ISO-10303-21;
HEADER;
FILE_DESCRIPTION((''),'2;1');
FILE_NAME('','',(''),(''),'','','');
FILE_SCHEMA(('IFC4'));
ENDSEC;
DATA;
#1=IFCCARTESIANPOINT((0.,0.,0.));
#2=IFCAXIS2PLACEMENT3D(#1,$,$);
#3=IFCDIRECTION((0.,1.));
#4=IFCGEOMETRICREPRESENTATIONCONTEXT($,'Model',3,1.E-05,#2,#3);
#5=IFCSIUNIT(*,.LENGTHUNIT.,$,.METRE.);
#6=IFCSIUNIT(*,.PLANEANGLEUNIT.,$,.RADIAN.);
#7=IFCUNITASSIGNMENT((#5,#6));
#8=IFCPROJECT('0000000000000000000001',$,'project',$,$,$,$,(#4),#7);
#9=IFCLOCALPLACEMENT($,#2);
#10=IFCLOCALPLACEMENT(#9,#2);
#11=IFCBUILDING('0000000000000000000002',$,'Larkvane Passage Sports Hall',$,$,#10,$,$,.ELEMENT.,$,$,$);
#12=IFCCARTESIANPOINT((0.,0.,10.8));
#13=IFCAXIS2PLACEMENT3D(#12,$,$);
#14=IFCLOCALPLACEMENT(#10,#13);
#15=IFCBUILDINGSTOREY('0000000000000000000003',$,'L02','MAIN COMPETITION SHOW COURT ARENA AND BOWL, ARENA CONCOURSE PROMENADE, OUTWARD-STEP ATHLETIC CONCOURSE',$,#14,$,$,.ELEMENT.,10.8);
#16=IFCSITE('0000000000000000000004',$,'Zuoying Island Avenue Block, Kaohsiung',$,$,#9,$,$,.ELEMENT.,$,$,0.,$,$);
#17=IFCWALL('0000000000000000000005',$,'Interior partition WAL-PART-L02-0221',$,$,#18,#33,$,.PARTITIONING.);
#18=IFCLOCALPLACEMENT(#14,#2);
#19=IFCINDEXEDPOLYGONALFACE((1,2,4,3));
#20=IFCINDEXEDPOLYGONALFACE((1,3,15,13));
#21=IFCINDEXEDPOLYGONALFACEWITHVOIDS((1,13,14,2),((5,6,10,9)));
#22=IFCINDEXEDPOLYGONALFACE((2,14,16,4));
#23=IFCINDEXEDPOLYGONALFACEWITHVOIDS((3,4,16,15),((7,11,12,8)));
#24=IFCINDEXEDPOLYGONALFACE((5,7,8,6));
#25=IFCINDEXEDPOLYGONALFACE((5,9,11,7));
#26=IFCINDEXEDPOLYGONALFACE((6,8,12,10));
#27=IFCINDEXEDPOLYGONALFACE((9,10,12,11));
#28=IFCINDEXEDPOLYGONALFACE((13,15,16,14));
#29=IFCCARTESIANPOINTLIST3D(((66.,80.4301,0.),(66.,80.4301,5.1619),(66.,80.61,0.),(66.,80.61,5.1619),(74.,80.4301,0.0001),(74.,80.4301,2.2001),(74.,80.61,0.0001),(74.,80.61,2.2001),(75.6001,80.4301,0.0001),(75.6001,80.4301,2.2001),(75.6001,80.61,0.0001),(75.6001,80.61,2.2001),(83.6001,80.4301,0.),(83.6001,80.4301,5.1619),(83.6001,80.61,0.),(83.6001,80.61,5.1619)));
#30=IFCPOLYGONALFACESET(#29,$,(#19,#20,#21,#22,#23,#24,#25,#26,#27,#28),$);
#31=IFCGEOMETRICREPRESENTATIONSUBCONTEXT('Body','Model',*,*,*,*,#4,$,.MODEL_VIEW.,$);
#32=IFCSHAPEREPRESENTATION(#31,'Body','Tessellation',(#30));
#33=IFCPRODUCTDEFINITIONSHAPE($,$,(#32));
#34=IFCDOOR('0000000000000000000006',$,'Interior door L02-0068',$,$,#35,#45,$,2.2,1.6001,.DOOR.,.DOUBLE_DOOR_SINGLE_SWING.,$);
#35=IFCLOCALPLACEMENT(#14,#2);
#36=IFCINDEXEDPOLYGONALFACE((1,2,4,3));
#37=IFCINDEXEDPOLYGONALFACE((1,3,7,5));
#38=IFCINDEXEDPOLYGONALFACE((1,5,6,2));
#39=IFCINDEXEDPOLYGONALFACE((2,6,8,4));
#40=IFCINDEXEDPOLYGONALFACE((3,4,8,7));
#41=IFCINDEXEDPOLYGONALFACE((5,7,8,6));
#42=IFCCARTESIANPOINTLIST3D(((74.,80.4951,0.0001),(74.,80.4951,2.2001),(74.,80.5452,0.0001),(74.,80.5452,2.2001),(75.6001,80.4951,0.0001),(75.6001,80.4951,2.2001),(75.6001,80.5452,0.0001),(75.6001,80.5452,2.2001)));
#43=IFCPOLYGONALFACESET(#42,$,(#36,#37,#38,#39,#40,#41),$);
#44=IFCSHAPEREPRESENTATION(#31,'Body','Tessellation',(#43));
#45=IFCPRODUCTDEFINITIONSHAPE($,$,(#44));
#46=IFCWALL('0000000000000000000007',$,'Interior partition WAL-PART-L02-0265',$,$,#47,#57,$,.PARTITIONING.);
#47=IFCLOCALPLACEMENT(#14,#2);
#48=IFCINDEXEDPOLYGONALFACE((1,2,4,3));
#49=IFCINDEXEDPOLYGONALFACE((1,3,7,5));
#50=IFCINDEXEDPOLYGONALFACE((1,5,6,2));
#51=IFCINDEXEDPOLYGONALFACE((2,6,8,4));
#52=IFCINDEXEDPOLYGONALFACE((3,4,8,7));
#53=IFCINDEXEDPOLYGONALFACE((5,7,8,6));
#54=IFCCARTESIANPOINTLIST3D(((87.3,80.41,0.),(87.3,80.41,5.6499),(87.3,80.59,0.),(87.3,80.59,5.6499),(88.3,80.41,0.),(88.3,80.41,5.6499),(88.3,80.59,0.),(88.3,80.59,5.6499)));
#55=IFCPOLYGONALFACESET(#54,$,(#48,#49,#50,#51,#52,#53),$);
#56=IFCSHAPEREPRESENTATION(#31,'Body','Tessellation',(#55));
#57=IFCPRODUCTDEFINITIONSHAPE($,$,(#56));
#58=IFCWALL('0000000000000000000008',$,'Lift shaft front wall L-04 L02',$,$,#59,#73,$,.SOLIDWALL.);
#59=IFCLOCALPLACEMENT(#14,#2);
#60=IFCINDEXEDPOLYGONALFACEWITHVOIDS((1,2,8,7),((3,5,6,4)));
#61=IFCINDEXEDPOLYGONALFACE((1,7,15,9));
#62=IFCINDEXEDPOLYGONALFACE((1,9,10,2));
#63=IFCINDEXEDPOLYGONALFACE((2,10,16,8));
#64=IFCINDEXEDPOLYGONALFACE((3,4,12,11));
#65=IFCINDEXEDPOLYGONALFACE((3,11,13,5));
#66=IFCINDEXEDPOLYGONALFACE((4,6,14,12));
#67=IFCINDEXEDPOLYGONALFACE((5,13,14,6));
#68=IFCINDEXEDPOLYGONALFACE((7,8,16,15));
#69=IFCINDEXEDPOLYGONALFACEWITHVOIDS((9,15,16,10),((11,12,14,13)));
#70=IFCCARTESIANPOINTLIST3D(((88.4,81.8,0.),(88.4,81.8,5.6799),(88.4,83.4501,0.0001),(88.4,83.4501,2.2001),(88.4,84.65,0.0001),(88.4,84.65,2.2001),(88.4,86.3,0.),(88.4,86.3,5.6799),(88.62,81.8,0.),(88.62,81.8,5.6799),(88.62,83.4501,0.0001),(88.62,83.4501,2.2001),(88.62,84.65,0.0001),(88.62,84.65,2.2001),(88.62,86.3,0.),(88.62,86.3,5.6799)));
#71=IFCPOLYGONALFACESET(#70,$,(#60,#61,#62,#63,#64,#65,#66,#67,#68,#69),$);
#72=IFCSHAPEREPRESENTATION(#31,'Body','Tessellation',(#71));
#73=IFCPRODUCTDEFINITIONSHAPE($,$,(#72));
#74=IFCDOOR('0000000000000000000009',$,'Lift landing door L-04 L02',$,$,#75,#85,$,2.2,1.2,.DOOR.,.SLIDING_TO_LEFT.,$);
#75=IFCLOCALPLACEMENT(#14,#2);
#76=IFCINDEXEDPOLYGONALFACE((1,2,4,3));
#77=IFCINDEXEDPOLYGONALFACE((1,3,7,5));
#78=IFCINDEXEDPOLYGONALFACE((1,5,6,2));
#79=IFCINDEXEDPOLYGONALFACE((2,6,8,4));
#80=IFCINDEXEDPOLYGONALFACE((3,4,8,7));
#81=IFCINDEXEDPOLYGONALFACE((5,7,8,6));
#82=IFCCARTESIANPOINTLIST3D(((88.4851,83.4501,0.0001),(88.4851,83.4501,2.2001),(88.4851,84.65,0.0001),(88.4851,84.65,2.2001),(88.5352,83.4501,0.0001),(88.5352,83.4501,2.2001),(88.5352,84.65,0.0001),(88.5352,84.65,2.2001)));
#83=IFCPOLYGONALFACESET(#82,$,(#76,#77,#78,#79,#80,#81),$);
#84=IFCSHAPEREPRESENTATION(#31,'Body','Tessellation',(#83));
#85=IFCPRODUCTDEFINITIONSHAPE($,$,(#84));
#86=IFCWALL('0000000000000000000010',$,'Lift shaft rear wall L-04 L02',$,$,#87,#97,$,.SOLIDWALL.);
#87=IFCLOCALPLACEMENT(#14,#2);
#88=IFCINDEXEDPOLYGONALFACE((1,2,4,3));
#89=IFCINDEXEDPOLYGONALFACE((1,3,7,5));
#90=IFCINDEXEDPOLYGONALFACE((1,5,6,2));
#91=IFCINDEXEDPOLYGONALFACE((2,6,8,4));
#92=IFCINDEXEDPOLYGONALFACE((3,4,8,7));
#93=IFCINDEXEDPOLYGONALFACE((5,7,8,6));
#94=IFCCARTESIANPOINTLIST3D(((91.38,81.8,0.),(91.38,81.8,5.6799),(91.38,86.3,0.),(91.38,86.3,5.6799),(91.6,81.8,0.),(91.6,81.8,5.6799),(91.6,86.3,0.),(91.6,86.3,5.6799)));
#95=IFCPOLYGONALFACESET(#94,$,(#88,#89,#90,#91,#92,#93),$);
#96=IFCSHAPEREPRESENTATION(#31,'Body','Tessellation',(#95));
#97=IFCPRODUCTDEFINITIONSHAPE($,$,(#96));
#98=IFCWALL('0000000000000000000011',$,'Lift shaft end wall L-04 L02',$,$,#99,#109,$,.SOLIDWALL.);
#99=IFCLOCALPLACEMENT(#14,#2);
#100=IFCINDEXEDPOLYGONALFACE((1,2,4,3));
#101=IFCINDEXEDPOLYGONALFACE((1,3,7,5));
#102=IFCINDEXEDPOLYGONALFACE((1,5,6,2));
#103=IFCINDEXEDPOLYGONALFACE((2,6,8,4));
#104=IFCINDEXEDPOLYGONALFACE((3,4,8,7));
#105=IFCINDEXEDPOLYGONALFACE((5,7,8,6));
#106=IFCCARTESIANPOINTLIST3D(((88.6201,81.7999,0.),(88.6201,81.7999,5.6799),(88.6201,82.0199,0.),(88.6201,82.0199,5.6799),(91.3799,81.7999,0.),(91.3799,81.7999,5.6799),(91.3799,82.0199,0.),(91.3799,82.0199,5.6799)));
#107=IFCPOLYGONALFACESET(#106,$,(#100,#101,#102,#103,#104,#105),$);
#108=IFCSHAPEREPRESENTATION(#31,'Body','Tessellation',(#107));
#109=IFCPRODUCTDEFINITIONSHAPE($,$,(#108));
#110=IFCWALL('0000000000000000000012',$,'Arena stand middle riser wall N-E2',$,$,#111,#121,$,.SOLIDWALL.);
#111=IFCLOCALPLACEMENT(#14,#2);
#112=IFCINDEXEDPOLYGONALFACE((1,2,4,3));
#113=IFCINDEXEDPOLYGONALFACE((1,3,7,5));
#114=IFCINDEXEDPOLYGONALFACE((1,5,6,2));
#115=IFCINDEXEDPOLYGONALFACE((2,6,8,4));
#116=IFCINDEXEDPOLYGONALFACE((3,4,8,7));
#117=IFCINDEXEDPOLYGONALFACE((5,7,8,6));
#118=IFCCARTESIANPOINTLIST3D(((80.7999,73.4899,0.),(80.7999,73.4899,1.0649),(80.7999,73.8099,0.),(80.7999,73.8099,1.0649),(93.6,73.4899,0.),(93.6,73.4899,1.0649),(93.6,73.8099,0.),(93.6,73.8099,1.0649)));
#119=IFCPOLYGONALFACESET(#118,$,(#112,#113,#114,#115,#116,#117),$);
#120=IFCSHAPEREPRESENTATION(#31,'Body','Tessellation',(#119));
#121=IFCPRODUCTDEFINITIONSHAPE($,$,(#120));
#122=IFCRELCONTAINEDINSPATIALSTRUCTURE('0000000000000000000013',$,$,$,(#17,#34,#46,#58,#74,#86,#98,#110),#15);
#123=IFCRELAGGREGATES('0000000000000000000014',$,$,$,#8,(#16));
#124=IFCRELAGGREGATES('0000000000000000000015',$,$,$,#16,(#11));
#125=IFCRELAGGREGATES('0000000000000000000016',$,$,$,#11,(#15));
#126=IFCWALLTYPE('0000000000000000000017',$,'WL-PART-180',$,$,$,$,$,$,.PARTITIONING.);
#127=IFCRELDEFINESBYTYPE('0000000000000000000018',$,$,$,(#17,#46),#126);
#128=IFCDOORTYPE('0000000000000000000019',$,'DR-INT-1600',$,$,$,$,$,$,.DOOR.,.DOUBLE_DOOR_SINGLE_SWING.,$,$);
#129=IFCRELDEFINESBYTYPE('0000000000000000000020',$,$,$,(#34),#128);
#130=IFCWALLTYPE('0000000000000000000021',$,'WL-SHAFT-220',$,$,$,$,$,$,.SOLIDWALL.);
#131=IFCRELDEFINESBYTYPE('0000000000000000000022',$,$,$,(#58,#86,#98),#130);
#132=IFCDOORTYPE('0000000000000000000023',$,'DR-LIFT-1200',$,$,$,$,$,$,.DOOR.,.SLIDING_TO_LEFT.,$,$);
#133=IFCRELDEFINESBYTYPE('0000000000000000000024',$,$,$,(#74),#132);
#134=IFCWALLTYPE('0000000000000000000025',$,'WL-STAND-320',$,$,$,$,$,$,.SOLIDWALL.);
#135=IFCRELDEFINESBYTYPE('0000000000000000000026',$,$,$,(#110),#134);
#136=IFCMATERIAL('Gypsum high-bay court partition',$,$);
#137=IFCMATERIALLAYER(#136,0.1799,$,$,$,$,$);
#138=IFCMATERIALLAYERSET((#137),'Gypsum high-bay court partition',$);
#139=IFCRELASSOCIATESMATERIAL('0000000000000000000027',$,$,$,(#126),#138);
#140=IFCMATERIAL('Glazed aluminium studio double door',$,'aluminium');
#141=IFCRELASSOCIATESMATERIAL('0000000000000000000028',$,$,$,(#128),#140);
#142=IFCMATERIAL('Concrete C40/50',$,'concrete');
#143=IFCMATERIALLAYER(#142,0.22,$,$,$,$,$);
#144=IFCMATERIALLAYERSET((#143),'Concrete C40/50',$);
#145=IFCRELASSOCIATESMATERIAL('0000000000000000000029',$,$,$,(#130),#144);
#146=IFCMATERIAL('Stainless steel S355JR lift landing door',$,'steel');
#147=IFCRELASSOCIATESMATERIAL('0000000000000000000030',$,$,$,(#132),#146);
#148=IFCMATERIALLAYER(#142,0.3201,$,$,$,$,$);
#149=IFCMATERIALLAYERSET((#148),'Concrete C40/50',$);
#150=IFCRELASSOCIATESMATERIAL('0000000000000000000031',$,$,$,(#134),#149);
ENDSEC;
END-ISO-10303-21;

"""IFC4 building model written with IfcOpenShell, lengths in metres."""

from ifc_helpers import new_model, si_unit, direction, frame, frame_2d, origin, place, context, subcontext, project, spatial, rectangle, extrude, material, layer, layer_set, type_object, element, fill, save


model = new_model("IFC4")

# Units and contexts
model_context = context("Model", 3, precision=1e-05, world=origin(), true_north=direction((0.0, 1.0)))
body_context = subcontext(model_context, "Body", "Model", "MODEL_VIEW")
ifc_project = project(units=[si_unit("LENGTHUNIT", "METRE"), si_unit("PLANEANGLEUNIT", "RADIAN")], contexts=[model_context])

# Site, building, storey
site_placement = place(None, origin())
site = spatial("IfcSite", under=ifc_project, at=site_placement, Name="Zuoying Island Avenue Block, Kaohsiung", CompositionType="ELEMENT", RefElevation=0.0)
building_placement = place(site_placement, origin())
building = spatial("IfcBuilding", under=site, at=building_placement, Name="Larkvane Passage Sports Hall", CompositionType="ELEMENT")
storey_placement = place(building_placement, frame((0.0, 0.0, 10.8)))
storey = spatial("IfcBuildingStorey", under=building, at=storey_placement, Name="L02", Description="MAIN COMPETITION SHOW COURT ARENA AND BOWL, ARENA CONCOURSE PROMENADE, OUTWARD-STEP ATHLETIC CONCOURSE", CompositionType="ELEMENT", Elevation=10.8)

# Shared definitions
ifc_material_1 = material(Name="Concrete C40/50", Category="concrete")

# Wall, opening, door
ifc_material_2 = material(Name="Gypsum high-bay court partition")
ifc_layer_1 = layer(ifc_material_2, 0.1799)
ifc_layer_set_1 = layer_set([ifc_layer_1], Name="Gypsum high-bay court partition")
wall_type_1 = type_object("IfcWallType", Name="WL-PART-180", PredefinedType="PARTITIONING", material=ifc_layer_set_1)
wall_1_placement = place(storey_placement, frame((83.6001, 80.52, 0.0), z_axis=(0.0, 0.0, 1.0), x_axis=(-1.0, 0.0, 0.0)))
wall_1 = element("IfcWall", 1, at=wall_1_placement, inside=storey, type_object=wall_type_1, Name="Interior partition WAL-PART-L02-0221", PredefinedType="PARTITIONING", context=body_context, shape_type="SweptSolid", body=[
    extrude(rectangle(XDim=17.6001, YDim=0.1799, at=frame_2d((8.8, 0.0))), origin(), (0.0, 0.0, 1.0), 5.1619),
])
opening_1_placement = place(wall_1_placement, frame((8.0, 0.0, 0.0)))
opening_1 = element("IfcOpeningElement", 2, at=opening_1_placement, cuts=wall_1, PredefinedType="OPENING", context=body_context, shape_type="SweptSolid", body=[
    extrude(rectangle(XDim=1.6001, YDim=2.2, at=frame_2d((0.8, 1.1001))), frame((0.0, 0.0999, 0.0), z_axis=(0.0, -1.0, 0.0), x_axis=(1.0, 0.0, 0.0)), (0.0, 0.0, 1.0), 0.2),
])
ifc_material_3 = material(Name="Glazed aluminium studio double door", Category="aluminium")
door_type_1 = type_object("IfcDoorType", Name="DR-INT-1600", OperationType="DOUBLE_DOOR_SINGLE_SWING", PredefinedType="DOOR", material=ifc_material_3)
door_1_placement = place(opening_1_placement, origin())
door_1 = element("IfcDoor", 3, at=door_1_placement, inside=storey, type_object=door_type_1, Name="Interior door L02-0068", OperationType="DOUBLE_DOOR_SINGLE_SWING", OverallHeight=2.2, OverallWidth=1.6001, PredefinedType="DOOR", context=body_context, shape_type="SweptSolid", body=[
    extrude(rectangle(XDim=1.6001, YDim=2.2, at=frame_2d((0.8, 1.1001))), frame((0.0, 0.0249, 0.0), z_axis=(0.0, -1.0, 0.0), x_axis=(1.0, 0.0, 0.0)), (0.0, 0.0, 1.0), 0.05),
])
fill(opening_1, door_1)

# Wall
wall_2_placement = place(storey_placement, frame((87.3, 80.5, 0.0), z_axis=(0.0, 0.0, 1.0), x_axis=(1.0, 0.0, 0.0)))
element("IfcWall", 4, at=wall_2_placement, inside=storey, type_object=wall_type_1, Name="Interior partition WAL-PART-L02-0265", PredefinedType="PARTITIONING", context=body_context, shape_type="SweptSolid", body=[
    extrude(rectangle(XDim=1.0, YDim=0.1799, at=frame_2d((0.5, 0.0))), origin(), (0.0, 0.0, 1.0), 5.6499),
])

# Wall, opening, door
ifc_layer_2 = layer(ifc_material_1, 0.22)
ifc_layer_set_2 = layer_set([ifc_layer_2], Name="Concrete C40/50")
wall_type_2 = type_object("IfcWallType", Name="WL-SHAFT-220", PredefinedType="SOLIDWALL", material=ifc_layer_set_2)
wall_3_placement = place(storey_placement, frame((88.51, 81.8, 0.0), z_axis=(0.0, 0.0, 1.0), x_axis=(0.0, 1.0, 0.0)))
wall_3 = element("IfcWall", 5, at=wall_3_placement, inside=storey, type_object=wall_type_2, Name="Lift shaft front wall L-04 L02", PredefinedType="SOLIDWALL", context=body_context, shape_type="SweptSolid", body=[
    extrude(rectangle(XDim=4.5, YDim=0.22, at=frame_2d((2.25, 0.0))), origin(), (0.0, 0.0, 1.0), 5.6799),
])
opening_2_placement = place(wall_3_placement, frame((1.6499, 0.0, 0.0)))
opening_2 = element("IfcOpeningElement", 6, at=opening_2_placement, cuts=wall_3, PredefinedType="OPENING", context=body_context, shape_type="SweptSolid", body=[
    extrude(rectangle(XDim=1.2, YDim=2.2, at=frame_2d((0.6001, 1.1001))), frame((0.0, 0.1199, 0.0), z_axis=(0.0, -1.0, 0.0), x_axis=(1.0, 0.0, 0.0)), (0.0, 0.0, 1.0), 0.24),
])
ifc_material_4 = material(Name="Stainless steel S355JR lift landing door", Category="steel")
door_type_2 = type_object("IfcDoorType", Name="DR-LIFT-1200", OperationType="SLIDING_TO_LEFT", PredefinedType="DOOR", material=ifc_material_4)
door_2_placement = place(opening_2_placement, origin())
door_2 = element("IfcDoor", 7, at=door_2_placement, inside=storey, type_object=door_type_2, Name="Lift landing door L-04 L02", OperationType="SLIDING_TO_LEFT", OverallHeight=2.2, OverallWidth=1.2, PredefinedType="DOOR", context=body_context, shape_type="SweptSolid", body=[
    extrude(rectangle(XDim=1.2, YDim=2.2, at=frame_2d((0.6001, 1.1001))), frame((0.0, 0.0249, 0.0), z_axis=(0.0, -1.0, 0.0), x_axis=(1.0, 0.0, 0.0)), (0.0, 0.0, 1.0), 0.05),
])
fill(opening_2, door_2)

# Walls
wall_4_placement = place(storey_placement, frame((91.49, 81.8, 0.0), z_axis=(0.0, 0.0, 1.0), x_axis=(0.0, 1.0, 0.0)))
element("IfcWall", 8, at=wall_4_placement, inside=storey, type_object=wall_type_2, Name="Lift shaft rear wall L-04 L02", PredefinedType="SOLIDWALL", context=body_context, shape_type="SweptSolid", body=[
    extrude(rectangle(XDim=4.5, YDim=0.22, at=frame_2d((2.25, 0.0))), origin(), (0.0, 0.0, 1.0), 5.6799),
])
wall_5_placement = place(storey_placement, frame((88.6201, 81.9099, 0.0), z_axis=(0.0, 0.0, 1.0), x_axis=(1.0, 0.0, 0.0)))
element("IfcWall", 9, at=wall_5_placement, inside=storey, type_object=wall_type_2, Name="Lift shaft end wall L-04 L02", PredefinedType="SOLIDWALL", context=body_context, shape_type="SweptSolid", body=[
    extrude(rectangle(XDim=2.7598, YDim=0.22, at=frame_2d((1.3799, 0.0))), origin(), (0.0, 0.0, 1.0), 5.6799),
])
ifc_layer_3 = layer(ifc_material_1, 0.3201)
ifc_layer_set_3 = layer_set([ifc_layer_3], Name="Concrete C40/50")
wall_type_3 = type_object("IfcWallType", Name="WL-STAND-320", PredefinedType="SOLIDWALL", material=ifc_layer_set_3)
wall_6_placement = place(storey_placement, frame((80.8, 73.6499, 0.0), z_axis=(0.0, 0.0, 1.0), x_axis=(1.0, 0.0, 0.0)))
element("IfcWall", 10, at=wall_6_placement, inside=storey, type_object=wall_type_3, Name="Arena stand middle riser wall N-E2", PredefinedType="SOLIDWALL", context=body_context, shape_type="SweptSolid", body=[
    extrude(rectangle(XDim=12.8, YDim=0.3201, at=frame_2d((6.3999, 0.0))), origin(), (0.0, 0.0, 1.0), 1.0649),
])

save(model, "model.ifc")
